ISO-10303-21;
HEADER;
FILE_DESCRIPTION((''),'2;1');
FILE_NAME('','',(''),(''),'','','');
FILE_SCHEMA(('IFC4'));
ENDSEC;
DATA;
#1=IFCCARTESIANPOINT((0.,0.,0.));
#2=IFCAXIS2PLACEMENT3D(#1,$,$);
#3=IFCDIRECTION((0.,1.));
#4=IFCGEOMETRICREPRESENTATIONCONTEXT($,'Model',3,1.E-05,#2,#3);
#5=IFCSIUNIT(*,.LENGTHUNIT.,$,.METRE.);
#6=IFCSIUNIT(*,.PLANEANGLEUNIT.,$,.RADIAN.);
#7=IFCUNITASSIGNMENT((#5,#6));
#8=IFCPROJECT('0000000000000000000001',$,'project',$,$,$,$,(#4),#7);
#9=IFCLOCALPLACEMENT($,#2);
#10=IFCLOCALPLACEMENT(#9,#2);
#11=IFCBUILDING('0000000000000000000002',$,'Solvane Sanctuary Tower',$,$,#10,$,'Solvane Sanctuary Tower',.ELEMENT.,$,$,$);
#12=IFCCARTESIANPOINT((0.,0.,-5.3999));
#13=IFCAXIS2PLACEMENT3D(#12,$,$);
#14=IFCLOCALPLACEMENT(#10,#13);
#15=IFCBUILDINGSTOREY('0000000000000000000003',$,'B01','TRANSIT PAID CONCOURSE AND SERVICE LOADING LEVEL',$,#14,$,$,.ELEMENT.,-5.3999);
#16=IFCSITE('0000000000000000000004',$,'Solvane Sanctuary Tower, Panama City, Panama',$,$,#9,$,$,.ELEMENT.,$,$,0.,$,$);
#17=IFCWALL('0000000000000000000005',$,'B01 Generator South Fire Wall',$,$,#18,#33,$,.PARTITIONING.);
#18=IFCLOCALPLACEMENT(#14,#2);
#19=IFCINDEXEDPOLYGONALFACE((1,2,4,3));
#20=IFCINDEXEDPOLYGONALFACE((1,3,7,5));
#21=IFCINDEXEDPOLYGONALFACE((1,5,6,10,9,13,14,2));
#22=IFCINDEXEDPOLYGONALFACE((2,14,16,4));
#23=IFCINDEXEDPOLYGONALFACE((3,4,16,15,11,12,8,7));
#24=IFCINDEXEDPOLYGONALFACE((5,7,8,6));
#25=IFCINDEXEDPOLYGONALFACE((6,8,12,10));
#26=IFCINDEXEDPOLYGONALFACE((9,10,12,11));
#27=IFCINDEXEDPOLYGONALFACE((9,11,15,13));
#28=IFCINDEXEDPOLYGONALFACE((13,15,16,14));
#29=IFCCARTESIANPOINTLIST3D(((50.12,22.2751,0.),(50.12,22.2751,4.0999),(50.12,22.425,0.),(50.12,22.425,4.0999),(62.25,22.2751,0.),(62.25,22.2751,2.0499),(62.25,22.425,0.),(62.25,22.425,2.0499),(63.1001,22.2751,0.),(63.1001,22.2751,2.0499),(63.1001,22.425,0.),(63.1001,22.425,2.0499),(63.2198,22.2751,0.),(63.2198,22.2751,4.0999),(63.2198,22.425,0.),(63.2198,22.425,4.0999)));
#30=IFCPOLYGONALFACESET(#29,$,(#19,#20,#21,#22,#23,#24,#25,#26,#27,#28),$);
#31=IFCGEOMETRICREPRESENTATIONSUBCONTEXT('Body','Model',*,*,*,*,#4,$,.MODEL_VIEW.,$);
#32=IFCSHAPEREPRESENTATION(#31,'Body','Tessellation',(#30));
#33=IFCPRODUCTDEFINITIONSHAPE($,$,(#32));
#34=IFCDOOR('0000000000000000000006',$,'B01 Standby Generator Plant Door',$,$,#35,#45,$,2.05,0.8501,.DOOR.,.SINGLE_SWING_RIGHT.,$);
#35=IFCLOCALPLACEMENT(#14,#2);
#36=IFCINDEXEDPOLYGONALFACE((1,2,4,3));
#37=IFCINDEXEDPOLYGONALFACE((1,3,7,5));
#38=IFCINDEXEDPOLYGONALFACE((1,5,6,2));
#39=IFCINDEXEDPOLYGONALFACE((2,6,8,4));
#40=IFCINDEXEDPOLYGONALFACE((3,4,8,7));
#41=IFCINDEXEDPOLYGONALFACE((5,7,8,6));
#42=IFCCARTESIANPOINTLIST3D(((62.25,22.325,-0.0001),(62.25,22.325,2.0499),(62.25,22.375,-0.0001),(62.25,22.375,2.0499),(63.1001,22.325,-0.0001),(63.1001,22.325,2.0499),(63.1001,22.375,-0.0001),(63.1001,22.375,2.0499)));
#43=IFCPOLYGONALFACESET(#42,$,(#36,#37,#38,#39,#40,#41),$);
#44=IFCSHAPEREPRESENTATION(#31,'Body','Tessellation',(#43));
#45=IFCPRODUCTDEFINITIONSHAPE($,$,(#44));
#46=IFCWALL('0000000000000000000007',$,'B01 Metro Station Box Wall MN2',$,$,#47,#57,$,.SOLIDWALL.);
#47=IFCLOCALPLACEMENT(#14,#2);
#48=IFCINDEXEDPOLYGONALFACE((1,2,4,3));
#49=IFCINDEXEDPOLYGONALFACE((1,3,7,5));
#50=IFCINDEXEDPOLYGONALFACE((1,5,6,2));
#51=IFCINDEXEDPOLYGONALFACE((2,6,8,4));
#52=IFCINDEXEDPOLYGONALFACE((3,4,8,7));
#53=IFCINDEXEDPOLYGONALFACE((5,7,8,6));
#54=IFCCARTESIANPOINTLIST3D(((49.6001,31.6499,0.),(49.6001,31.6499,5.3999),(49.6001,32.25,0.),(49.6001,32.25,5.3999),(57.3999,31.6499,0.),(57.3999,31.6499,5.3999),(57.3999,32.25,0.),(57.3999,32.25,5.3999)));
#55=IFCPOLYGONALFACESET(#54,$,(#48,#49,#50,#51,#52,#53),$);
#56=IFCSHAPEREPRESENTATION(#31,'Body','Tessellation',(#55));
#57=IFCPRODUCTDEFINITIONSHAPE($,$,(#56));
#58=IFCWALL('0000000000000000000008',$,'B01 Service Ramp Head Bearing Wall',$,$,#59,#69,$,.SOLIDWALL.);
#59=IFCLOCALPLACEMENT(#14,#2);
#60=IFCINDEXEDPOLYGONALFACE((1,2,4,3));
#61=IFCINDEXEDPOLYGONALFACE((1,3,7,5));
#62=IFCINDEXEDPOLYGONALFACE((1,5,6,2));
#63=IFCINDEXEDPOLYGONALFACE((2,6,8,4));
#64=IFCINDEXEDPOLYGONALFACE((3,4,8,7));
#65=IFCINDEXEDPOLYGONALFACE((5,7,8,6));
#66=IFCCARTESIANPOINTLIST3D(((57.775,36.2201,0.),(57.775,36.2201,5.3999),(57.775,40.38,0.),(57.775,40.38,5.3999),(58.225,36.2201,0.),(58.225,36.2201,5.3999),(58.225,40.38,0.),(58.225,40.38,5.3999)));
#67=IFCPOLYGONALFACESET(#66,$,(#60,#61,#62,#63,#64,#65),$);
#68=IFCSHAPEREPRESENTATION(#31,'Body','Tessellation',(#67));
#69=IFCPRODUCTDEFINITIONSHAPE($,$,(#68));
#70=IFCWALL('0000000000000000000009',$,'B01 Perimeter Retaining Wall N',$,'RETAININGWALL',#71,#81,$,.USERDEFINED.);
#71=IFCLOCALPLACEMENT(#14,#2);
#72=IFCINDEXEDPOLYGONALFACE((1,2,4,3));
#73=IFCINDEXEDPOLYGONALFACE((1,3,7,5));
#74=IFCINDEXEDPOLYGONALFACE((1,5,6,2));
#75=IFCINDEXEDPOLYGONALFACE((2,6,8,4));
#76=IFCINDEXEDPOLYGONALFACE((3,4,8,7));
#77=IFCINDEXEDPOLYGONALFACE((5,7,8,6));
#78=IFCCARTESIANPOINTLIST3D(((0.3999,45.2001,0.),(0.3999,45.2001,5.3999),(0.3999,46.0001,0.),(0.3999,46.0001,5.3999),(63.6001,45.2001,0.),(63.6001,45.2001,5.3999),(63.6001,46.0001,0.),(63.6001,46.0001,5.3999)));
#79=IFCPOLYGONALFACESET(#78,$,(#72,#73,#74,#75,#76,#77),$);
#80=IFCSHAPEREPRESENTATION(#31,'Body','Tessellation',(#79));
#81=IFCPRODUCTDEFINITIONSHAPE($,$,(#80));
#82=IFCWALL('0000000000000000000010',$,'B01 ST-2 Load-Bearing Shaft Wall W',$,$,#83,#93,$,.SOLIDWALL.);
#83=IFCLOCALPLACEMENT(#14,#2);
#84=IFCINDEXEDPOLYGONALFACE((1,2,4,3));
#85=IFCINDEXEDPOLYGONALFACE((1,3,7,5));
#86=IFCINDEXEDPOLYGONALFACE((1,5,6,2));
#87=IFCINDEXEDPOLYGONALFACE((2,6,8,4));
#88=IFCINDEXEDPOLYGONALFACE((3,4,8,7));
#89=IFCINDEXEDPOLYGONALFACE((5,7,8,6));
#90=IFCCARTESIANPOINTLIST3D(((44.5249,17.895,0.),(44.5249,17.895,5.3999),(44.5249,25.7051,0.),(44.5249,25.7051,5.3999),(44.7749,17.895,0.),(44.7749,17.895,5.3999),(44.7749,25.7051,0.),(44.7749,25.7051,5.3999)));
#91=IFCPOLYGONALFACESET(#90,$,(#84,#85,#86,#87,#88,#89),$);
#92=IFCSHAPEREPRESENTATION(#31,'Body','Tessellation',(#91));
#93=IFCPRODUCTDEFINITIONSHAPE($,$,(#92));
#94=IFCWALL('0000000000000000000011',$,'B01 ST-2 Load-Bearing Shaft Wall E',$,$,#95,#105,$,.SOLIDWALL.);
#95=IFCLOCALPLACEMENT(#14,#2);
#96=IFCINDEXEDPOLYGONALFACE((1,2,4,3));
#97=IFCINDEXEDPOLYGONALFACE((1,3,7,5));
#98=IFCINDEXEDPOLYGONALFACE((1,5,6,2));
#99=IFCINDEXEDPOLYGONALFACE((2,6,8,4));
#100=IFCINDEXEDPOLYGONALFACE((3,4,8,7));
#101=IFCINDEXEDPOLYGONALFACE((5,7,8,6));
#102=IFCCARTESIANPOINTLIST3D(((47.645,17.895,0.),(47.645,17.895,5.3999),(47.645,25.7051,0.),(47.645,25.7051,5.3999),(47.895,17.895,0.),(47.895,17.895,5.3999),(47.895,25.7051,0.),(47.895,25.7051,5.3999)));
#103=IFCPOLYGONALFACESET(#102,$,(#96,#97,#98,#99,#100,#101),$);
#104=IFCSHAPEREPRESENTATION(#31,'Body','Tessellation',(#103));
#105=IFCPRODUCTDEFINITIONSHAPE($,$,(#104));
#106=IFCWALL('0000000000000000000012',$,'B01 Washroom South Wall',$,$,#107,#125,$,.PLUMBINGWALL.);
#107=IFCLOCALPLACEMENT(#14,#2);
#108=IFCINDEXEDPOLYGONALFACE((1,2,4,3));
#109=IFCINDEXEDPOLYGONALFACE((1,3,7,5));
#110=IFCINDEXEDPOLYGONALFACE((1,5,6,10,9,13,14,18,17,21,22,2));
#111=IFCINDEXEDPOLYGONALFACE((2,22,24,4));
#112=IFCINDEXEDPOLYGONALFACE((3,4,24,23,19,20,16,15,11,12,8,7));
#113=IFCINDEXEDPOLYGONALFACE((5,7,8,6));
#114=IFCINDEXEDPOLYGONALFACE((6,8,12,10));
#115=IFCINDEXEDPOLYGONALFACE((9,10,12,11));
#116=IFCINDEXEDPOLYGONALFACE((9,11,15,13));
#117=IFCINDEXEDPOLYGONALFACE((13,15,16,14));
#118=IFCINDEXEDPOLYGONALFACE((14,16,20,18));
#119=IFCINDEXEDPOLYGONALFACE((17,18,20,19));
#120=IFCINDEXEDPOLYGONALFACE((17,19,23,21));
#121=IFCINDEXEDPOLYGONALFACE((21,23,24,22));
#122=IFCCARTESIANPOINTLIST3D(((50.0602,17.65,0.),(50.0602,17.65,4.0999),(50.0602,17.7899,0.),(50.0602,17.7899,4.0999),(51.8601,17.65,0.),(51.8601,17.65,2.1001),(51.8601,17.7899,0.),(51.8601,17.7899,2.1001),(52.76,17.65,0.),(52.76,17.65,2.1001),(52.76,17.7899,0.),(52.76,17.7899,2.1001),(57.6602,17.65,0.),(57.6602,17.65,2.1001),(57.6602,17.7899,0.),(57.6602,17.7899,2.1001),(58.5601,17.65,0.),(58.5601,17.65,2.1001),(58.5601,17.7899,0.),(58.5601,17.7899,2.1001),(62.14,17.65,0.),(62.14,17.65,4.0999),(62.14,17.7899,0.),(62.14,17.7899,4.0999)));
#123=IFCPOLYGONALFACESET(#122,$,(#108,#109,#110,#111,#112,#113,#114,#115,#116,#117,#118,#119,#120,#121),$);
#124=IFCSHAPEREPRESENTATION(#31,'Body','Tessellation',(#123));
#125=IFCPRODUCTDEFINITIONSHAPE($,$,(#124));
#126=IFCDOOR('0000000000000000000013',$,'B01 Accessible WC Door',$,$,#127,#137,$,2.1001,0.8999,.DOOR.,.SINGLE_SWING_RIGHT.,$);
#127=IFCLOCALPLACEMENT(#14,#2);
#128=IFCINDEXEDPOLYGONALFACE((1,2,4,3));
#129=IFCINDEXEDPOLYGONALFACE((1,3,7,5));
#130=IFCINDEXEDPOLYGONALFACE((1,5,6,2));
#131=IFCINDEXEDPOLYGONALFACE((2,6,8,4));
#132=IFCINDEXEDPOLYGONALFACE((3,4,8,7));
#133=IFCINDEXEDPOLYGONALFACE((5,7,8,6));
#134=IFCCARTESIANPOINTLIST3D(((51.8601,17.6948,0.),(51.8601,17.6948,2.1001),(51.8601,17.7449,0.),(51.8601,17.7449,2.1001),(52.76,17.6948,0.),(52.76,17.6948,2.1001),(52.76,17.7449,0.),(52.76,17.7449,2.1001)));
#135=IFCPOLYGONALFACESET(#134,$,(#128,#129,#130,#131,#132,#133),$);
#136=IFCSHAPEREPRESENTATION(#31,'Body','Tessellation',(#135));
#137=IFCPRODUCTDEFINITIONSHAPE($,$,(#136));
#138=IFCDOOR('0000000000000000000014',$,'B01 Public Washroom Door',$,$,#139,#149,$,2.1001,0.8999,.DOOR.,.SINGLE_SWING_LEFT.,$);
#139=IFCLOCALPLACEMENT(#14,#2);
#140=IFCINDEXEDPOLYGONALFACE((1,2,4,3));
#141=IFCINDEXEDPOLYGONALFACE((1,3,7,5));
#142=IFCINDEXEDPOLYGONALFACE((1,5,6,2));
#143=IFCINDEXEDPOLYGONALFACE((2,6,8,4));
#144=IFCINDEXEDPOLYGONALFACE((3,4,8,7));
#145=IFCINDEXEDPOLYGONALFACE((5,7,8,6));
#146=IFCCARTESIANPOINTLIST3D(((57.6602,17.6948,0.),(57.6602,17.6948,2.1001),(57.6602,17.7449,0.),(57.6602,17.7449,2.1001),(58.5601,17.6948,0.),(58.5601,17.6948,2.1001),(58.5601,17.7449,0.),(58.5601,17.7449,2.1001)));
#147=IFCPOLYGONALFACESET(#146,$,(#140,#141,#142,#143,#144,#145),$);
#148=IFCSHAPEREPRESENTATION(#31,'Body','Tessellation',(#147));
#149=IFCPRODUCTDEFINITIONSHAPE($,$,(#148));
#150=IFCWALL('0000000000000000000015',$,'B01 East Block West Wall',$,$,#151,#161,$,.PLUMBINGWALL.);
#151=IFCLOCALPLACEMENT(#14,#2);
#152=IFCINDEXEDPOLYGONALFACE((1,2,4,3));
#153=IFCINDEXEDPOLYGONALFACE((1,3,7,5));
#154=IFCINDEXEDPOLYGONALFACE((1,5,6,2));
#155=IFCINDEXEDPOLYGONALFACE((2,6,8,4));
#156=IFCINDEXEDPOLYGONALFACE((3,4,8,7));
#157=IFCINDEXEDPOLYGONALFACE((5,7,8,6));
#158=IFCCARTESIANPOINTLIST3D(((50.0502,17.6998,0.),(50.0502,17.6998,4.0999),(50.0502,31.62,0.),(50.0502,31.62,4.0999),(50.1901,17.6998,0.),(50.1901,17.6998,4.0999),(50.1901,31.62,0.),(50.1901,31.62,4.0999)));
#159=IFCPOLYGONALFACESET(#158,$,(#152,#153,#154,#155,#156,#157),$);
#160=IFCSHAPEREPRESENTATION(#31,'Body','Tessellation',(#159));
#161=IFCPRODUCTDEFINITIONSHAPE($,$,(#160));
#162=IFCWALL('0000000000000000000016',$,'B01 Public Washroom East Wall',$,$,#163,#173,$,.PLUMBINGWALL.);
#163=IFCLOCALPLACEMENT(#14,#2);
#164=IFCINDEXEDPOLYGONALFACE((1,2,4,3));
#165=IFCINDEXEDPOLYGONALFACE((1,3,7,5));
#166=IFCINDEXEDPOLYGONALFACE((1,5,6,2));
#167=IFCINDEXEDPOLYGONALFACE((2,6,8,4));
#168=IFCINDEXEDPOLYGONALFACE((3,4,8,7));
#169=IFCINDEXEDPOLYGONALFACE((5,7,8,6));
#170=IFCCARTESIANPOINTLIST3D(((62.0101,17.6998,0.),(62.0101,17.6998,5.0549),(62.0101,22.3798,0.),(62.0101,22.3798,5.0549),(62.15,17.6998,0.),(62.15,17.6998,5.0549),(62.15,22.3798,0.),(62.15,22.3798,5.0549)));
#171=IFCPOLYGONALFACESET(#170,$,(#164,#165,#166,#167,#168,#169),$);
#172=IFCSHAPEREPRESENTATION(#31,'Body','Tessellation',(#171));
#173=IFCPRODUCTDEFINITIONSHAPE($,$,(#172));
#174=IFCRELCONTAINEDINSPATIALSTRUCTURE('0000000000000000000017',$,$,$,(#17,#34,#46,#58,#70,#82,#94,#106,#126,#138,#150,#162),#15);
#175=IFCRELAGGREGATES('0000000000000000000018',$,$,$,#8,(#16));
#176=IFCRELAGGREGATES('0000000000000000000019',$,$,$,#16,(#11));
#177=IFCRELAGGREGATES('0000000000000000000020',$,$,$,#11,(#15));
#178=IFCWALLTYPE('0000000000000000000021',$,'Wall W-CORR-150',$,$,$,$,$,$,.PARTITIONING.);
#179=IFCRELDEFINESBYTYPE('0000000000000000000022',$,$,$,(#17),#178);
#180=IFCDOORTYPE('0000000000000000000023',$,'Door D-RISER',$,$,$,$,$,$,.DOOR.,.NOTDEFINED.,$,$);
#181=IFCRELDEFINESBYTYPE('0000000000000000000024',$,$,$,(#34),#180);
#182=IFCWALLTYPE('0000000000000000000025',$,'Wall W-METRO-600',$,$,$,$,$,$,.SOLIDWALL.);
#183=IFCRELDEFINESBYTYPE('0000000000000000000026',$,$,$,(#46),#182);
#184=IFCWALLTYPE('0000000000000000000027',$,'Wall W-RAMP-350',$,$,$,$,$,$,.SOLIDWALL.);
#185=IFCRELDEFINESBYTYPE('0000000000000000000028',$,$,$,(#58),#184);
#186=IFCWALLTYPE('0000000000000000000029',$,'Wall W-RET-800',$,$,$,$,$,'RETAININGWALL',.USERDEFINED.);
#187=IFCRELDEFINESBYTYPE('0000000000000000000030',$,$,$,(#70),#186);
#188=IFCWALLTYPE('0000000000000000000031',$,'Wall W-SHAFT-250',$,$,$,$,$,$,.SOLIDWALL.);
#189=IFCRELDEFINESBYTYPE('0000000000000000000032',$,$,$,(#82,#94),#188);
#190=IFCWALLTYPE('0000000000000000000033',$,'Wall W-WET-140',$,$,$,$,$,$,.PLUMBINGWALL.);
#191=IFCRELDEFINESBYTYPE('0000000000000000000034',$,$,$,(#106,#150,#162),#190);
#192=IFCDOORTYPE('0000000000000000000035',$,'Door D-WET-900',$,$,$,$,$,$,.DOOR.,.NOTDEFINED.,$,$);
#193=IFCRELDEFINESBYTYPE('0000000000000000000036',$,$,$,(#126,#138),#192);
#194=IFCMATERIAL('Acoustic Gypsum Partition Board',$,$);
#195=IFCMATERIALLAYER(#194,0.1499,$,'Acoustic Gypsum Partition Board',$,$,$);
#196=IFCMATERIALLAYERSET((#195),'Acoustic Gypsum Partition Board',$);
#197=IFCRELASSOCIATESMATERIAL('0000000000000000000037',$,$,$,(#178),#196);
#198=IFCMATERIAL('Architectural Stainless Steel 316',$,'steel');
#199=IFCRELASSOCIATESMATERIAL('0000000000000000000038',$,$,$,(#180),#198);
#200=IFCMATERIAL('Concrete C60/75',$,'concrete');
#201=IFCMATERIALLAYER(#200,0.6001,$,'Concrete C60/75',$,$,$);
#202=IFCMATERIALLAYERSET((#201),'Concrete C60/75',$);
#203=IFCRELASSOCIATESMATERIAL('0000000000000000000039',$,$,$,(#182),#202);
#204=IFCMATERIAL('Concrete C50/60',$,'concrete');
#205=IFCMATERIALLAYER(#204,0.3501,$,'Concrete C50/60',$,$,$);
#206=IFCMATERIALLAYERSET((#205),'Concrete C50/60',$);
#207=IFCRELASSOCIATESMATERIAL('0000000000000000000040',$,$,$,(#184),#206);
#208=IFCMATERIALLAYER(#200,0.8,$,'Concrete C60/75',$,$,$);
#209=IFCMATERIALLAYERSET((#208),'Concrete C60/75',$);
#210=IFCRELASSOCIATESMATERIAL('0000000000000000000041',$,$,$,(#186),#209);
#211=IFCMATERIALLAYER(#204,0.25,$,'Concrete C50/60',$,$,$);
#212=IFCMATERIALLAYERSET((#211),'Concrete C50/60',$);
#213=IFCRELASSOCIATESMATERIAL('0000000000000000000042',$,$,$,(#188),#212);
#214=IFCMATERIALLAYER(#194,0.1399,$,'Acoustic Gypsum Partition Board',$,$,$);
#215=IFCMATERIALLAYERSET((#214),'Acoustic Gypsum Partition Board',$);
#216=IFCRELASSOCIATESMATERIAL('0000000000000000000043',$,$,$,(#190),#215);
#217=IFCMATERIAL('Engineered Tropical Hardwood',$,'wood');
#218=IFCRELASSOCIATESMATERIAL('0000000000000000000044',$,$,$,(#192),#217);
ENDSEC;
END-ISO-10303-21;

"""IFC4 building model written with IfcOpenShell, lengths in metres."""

from ifc_helpers import new_model, si_unit, direction, frame, frame_2d, origin, place, context, subcontext, project, spatial, rectangle, extrude, material, layer, layer_set, type_object, element, fill, save


model = new_model("IFC4")

# Units and contexts
model_context = context("Model", 3, precision=1e-05, world=origin(), true_north=direction((0.0, 1.0)))
body_context = subcontext(model_context, "Body", "Model", "MODEL_VIEW")
ifc_project = project(units=[si_unit("LENGTHUNIT", "METRE"), si_unit("PLANEANGLEUNIT", "RADIAN")], contexts=[model_context])

# Site, building, storey
site_placement = place(None, origin())
site = spatial("IfcSite", under=ifc_project, at=site_placement, Name="Solvane Sanctuary Tower, Panama City, Panama", CompositionType="ELEMENT", RefElevation=0.0)
building_placement = place(site_placement, origin())
building = spatial("IfcBuilding", under=site, at=building_placement, Name="Solvane Sanctuary Tower", LongName="Solvane Sanctuary Tower", CompositionType="ELEMENT")
storey_placement = place(building_placement, frame((0.0, 0.0, -5.3999)))
storey = spatial("IfcBuildingStorey", under=building, at=storey_placement, Name="B01", Description="TRANSIT PAID CONCOURSE AND SERVICE LOADING LEVEL", CompositionType="ELEMENT", Elevation=-5.3999)

# Shared definitions
ifc_material_1 = material(Name="Concrete C50/60", Category="concrete")

# Wall, opening, door
ifc_material_2 = material(Name="Acoustic Gypsum Partition Board")
ifc_layer_1 = layer(ifc_material_2, 0.1499, Name="Acoustic Gypsum Partition Board")
ifc_layer_set_1 = layer_set([ifc_layer_1], Name="Acoustic Gypsum Partition Board")
wall_type_1 = type_object("IfcWallType", Name="Wall W-CORR-150", PredefinedType="PARTITIONING", material=ifc_layer_set_1)
wall_1_placement = place(storey_placement, frame((50.1201, 22.3501, 0.0), z_axis=(0.0, 0.0, 1.0), x_axis=(1.0, 0.0, 0.0)))
wall_1 = element("IfcWall", 1, at=wall_1_placement, inside=storey, type_object=wall_type_1, Name="B01 Generator South Fire Wall", PredefinedType="PARTITIONING", context=body_context, shape_type="SweptSolid", body=[
    extrude(rectangle(XDim=13.0999, YDim=0.1499, at=frame_2d((6.5498, 0.0))), origin(), (0.0, 0.0, 1.0), 4.0999),
])
opening_1_placement = place(wall_1_placement, frame((12.1299, 0.0, 0.0)))
opening_1 = element("IfcOpeningElement", 2, at=opening_1_placement, cuts=wall_1, PredefinedType="OPENING", context=body_context, shape_type="SweptSolid", body=[
    extrude(rectangle(XDim=0.8501, YDim=2.05, at=frame_2d((0.425, 1.0249))), frame((0.0, 0.085, 0.0), z_axis=(0.0, -1.0, 0.0), x_axis=(1.0, 0.0, 0.0)), (0.0, 0.0, 1.0), 0.1699),
])
ifc_material_3 = material(Name="Architectural Stainless Steel 316", Category="steel")
door_type_1 = type_object("IfcDoorType", Name="Door D-RISER", OperationType="NOTDEFINED", PredefinedType="DOOR", material=ifc_material_3)
door_1_placement = place(opening_1_placement, origin())
door_1 = element("IfcDoor", 3, at=door_1_placement, inside=storey, type_object=door_type_1, Name="B01 Standby Generator Plant Door", OperationType="SINGLE_SWING_RIGHT", OverallHeight=2.05, OverallWidth=0.8501, PredefinedType="DOOR", context=body_context, shape_type="SweptSolid", body=[
    extrude(rectangle(XDim=0.8501, YDim=2.05, at=frame_2d((0.425, 1.0249))), frame((0.0, 0.0249, 0.0), z_axis=(0.0, -1.0, 0.0), x_axis=(1.0, 0.0, 0.0)), (0.0, 0.0, 1.0), 0.05),
])
fill(opening_1, door_1)

# Walls
ifc_material_4 = material(Name="Concrete C60/75", Category="concrete")
ifc_layer_2 = layer(ifc_material_4, 0.6001, Name="Concrete C60/75")
ifc_layer_set_2 = layer_set([ifc_layer_2], Name="Concrete C60/75")
wall_type_2 = type_object("IfcWallType", Name="Wall W-METRO-600", PredefinedType="SOLIDWALL", material=ifc_layer_set_2)
wall_2_placement = place(storey_placement, frame((49.6001, 31.95, 0.0), z_axis=(0.0, 0.0, 1.0), x_axis=(1.0, 0.0, 0.0)))
element("IfcWall", 4, at=wall_2_placement, inside=storey, type_object=wall_type_2, Name="B01 Metro Station Box Wall MN2", PredefinedType="SOLIDWALL", context=body_context, shape_type="SweptSolid", body=[
    extrude(rectangle(XDim=7.7998, YDim=0.6001, at=frame_2d((3.8999, 0.0))), origin(), (0.0, 0.0, 1.0), 5.3999),
])
ifc_layer_3 = layer(ifc_material_1, 0.3501, Name="Concrete C50/60")
ifc_layer_set_3 = layer_set([ifc_layer_3], Name="Concrete C50/60")
wall_type_3 = type_object("IfcWallType", Name="Wall W-RAMP-350", PredefinedType="SOLIDWALL", material=ifc_layer_set_3)
wall_3_placement = place(storey_placement, frame((58.0, 36.22, 0.0), z_axis=(0.0, 0.0, 1.0), x_axis=(0.0, 1.0, 0.0)))
element("IfcWall", 5, at=wall_3_placement, inside=storey, type_object=wall_type_3, Name="B01 Service Ramp Head Bearing Wall", PredefinedType="SOLIDWALL", context=body_context, shape_type="SweptSolid", body=[
    extrude(rectangle(XDim=4.1599, YDim=0.45, at=frame_2d((2.0801, 0.0))), origin(), (0.0, 0.0, 1.0), 5.3999),
])
ifc_layer_4 = layer(ifc_material_4, 0.8, Name="Concrete C60/75")
ifc_layer_set_4 = layer_set([ifc_layer_4], Name="Concrete C60/75")
wall_type_4 = type_object("IfcWallType", Name="Wall W-RET-800", ElementType="RETAININGWALL", PredefinedType="USERDEFINED", material=ifc_layer_set_4)
wall_4_placement = place(storey_placement, frame((63.6001, 45.6001, 0.0), z_axis=(0.0, 0.0, 1.0), x_axis=(-1.0, 0.0, 0.0)))
element("IfcWall", 6, at=wall_4_placement, inside=storey, type_object=wall_type_4, Name="B01 Perimeter Retaining Wall N", ObjectType="RETAININGWALL", PredefinedType="USERDEFINED", context=body_context, shape_type="SweptSolid", body=[
    extrude(rectangle(XDim=63.2002, YDim=0.8, at=frame_2d((31.6001, 0.0))), origin(), (0.0, 0.0, 1.0), 5.3999),
])
ifc_layer_5 = layer(ifc_material_1, 0.25, Name="Concrete C50/60")
ifc_layer_set_5 = layer_set([ifc_layer_5], Name="Concrete C50/60")
wall_type_5 = type_object("IfcWallType", Name="Wall W-SHAFT-250", PredefinedType="SOLIDWALL", material=ifc_layer_set_5)
for number, where, z_axis, x_axis, name in (
    (7, (44.6499, 17.895, 0.0), (0.0, 0.0, 1.0), (0.0, 1.0, 0.0), "B01 ST-2 Load-Bearing Shaft Wall W"),
    (8, (47.77, 17.895, 0.0), (0.0, 0.0, 1.0), (0.0, 1.0, 0.0), "B01 ST-2 Load-Bearing Shaft Wall E"),
):
    element("IfcWall", number, at=place(storey_placement, frame(where, z_axis=z_axis, x_axis=x_axis)), inside=storey, type_object=wall_type_5, Name=name, PredefinedType="SOLIDWALL", context=body_context, shape_type="SweptSolid", body=[
        extrude(rectangle(XDim=7.8101, YDim=0.25, at=frame_2d((3.905, 0.0))), origin(), (0.0, 0.0, 1.0), 5.3999),
    ])

# Wall, openings, doors
ifc_layer_6 = layer(ifc_material_2, 0.1399, Name="Acoustic Gypsum Partition Board")
ifc_layer_set_6 = layer_set([ifc_layer_6], Name="Acoustic Gypsum Partition Board")
wall_type_6 = type_object("IfcWallType", Name="Wall W-WET-140", PredefinedType="PLUMBINGWALL", material=ifc_layer_set_6)
wall_5_placement = place(storey_placement, frame((50.0601, 17.72, 0.0), z_axis=(0.0, 0.0, 1.0), x_axis=(1.0, 0.0, 0.0)))
wall_5 = element("IfcWall", 9, at=wall_5_placement, inside=storey, type_object=wall_type_6, Name="B01 Washroom South Wall", PredefinedType="PLUMBINGWALL", context=body_context, shape_type="SweptSolid", body=[
    extrude(rectangle(XDim=12.0798, YDim=0.1399, at=frame_2d((6.04, 0.0))), origin(), (0.0, 0.0, 1.0), 4.0999),
])
opening_2_placement = place(wall_5_placement, frame((1.8, 0.0, 0.0)))
opening_2 = element("IfcOpeningElement", 10, at=opening_2_placement, cuts=wall_5, PredefinedType="OPENING", context=body_context, shape_type="SweptSolid", body=[
    extrude(rectangle(XDim=0.8999, YDim=2.1001, at=frame_2d((0.45, 1.05))), frame((0.0, 0.0798, 0.0), z_axis=(0.0, -1.0, 0.0), x_axis=(1.0, 0.0, 0.0)), (0.0, 0.0, 1.0), 0.1599),
])
opening_3_placement = place(wall_5_placement, frame((7.6001, 0.0, 0.0)))
opening_3 = element("IfcOpeningElement", 11, at=opening_3_placement, cuts=wall_5, PredefinedType="OPENING", context=body_context, shape_type="SweptSolid", body=[
    extrude(rectangle(XDim=0.8999, YDim=2.1001, at=frame_2d((0.45, 1.05))), frame((0.0, 0.0798, 0.0), z_axis=(0.0, -1.0, 0.0), x_axis=(1.0, 0.0, 0.0)), (0.0, 0.0, 1.0), 0.1599),
])
ifc_material_5 = material(Name="Engineered Tropical Hardwood", Category="wood")
door_type_2 = type_object("IfcDoorType", Name="Door D-WET-900", OperationType="NOTDEFINED", PredefinedType="DOOR", material=ifc_material_5)
door_2_placement = place(opening_2_placement, origin())
door_2 = element("IfcDoor", 12, at=door_2_placement, inside=storey, type_object=door_type_2, Name="B01 Accessible WC Door", OperationType="SINGLE_SWING_RIGHT", OverallHeight=2.1001, OverallWidth=0.8999, PredefinedType="DOOR", context=body_context, shape_type="SweptSolid", body=[
    extrude(rectangle(XDim=0.8999, YDim=2.1001, at=frame_2d((0.45, 1.05))), frame((0.0, 0.0249, 0.0), z_axis=(0.0, -1.0, 0.0), x_axis=(1.0, 0.0, 0.0)), (0.0, 0.0, 1.0), 0.05),
])
fill(opening_2, door_2)
door_3_placement = place(opening_3_placement, origin())
door_3 = element("IfcDoor", 13, at=door_3_placement, inside=storey, type_object=door_type_2, Name="B01 Public Washroom Door", OperationType="SINGLE_SWING_LEFT", OverallHeight=2.1001, OverallWidth=0.8999, PredefinedType="DOOR", context=body_context, shape_type="SweptSolid", body=[
    extrude(rectangle(XDim=0.8999, YDim=2.1001, at=frame_2d((0.45, 1.05))), frame((0.0, 0.0249, 0.0), z_axis=(0.0, -1.0, 0.0), x_axis=(1.0, 0.0, 0.0)), (0.0, 0.0, 1.0), 0.05),
])
fill(opening_3, door_3)

# Walls
wall_6_placement = place(storey_placement, frame((50.1201, 17.7, 0.0), z_axis=(0.0, 0.0, 1.0), x_axis=(0.0, 1.0, 0.0)))
element("IfcWall", 14, at=wall_6_placement, inside=storey, type_object=wall_type_6, Name="B01 East Block West Wall", PredefinedType="PLUMBINGWALL", context=body_context, shape_type="SweptSolid", body=[
    extrude(rectangle(XDim=13.9202, YDim=0.1399, at=frame_2d((6.96, 0.0))), origin(), (0.0, 0.0, 1.0), 4.0999),
])
for number, where, z_axis, x_axis, name in (
    (15, (62.0801, 17.7, 0.0), (0.0, 0.0, 1.0), (0.0, 1.0, 0.0), "B01 Public Washroom East Wall"),
):
    element("IfcWall", number, at=place(storey_placement, frame(where, z_axis=z_axis, x_axis=x_axis)), inside=storey, type_object=wall_type_6, Name=name, PredefinedType="PLUMBINGWALL", context=body_context, shape_type="SweptSolid", body=[
        extrude(rectangle(XDim=4.6799, YDim=0.1399, at=frame_2d((2.3398, 0.0))), origin(), (0.0, 0.0, 1.0), 5.0549),
    ])

save(model, "model.ifc")
